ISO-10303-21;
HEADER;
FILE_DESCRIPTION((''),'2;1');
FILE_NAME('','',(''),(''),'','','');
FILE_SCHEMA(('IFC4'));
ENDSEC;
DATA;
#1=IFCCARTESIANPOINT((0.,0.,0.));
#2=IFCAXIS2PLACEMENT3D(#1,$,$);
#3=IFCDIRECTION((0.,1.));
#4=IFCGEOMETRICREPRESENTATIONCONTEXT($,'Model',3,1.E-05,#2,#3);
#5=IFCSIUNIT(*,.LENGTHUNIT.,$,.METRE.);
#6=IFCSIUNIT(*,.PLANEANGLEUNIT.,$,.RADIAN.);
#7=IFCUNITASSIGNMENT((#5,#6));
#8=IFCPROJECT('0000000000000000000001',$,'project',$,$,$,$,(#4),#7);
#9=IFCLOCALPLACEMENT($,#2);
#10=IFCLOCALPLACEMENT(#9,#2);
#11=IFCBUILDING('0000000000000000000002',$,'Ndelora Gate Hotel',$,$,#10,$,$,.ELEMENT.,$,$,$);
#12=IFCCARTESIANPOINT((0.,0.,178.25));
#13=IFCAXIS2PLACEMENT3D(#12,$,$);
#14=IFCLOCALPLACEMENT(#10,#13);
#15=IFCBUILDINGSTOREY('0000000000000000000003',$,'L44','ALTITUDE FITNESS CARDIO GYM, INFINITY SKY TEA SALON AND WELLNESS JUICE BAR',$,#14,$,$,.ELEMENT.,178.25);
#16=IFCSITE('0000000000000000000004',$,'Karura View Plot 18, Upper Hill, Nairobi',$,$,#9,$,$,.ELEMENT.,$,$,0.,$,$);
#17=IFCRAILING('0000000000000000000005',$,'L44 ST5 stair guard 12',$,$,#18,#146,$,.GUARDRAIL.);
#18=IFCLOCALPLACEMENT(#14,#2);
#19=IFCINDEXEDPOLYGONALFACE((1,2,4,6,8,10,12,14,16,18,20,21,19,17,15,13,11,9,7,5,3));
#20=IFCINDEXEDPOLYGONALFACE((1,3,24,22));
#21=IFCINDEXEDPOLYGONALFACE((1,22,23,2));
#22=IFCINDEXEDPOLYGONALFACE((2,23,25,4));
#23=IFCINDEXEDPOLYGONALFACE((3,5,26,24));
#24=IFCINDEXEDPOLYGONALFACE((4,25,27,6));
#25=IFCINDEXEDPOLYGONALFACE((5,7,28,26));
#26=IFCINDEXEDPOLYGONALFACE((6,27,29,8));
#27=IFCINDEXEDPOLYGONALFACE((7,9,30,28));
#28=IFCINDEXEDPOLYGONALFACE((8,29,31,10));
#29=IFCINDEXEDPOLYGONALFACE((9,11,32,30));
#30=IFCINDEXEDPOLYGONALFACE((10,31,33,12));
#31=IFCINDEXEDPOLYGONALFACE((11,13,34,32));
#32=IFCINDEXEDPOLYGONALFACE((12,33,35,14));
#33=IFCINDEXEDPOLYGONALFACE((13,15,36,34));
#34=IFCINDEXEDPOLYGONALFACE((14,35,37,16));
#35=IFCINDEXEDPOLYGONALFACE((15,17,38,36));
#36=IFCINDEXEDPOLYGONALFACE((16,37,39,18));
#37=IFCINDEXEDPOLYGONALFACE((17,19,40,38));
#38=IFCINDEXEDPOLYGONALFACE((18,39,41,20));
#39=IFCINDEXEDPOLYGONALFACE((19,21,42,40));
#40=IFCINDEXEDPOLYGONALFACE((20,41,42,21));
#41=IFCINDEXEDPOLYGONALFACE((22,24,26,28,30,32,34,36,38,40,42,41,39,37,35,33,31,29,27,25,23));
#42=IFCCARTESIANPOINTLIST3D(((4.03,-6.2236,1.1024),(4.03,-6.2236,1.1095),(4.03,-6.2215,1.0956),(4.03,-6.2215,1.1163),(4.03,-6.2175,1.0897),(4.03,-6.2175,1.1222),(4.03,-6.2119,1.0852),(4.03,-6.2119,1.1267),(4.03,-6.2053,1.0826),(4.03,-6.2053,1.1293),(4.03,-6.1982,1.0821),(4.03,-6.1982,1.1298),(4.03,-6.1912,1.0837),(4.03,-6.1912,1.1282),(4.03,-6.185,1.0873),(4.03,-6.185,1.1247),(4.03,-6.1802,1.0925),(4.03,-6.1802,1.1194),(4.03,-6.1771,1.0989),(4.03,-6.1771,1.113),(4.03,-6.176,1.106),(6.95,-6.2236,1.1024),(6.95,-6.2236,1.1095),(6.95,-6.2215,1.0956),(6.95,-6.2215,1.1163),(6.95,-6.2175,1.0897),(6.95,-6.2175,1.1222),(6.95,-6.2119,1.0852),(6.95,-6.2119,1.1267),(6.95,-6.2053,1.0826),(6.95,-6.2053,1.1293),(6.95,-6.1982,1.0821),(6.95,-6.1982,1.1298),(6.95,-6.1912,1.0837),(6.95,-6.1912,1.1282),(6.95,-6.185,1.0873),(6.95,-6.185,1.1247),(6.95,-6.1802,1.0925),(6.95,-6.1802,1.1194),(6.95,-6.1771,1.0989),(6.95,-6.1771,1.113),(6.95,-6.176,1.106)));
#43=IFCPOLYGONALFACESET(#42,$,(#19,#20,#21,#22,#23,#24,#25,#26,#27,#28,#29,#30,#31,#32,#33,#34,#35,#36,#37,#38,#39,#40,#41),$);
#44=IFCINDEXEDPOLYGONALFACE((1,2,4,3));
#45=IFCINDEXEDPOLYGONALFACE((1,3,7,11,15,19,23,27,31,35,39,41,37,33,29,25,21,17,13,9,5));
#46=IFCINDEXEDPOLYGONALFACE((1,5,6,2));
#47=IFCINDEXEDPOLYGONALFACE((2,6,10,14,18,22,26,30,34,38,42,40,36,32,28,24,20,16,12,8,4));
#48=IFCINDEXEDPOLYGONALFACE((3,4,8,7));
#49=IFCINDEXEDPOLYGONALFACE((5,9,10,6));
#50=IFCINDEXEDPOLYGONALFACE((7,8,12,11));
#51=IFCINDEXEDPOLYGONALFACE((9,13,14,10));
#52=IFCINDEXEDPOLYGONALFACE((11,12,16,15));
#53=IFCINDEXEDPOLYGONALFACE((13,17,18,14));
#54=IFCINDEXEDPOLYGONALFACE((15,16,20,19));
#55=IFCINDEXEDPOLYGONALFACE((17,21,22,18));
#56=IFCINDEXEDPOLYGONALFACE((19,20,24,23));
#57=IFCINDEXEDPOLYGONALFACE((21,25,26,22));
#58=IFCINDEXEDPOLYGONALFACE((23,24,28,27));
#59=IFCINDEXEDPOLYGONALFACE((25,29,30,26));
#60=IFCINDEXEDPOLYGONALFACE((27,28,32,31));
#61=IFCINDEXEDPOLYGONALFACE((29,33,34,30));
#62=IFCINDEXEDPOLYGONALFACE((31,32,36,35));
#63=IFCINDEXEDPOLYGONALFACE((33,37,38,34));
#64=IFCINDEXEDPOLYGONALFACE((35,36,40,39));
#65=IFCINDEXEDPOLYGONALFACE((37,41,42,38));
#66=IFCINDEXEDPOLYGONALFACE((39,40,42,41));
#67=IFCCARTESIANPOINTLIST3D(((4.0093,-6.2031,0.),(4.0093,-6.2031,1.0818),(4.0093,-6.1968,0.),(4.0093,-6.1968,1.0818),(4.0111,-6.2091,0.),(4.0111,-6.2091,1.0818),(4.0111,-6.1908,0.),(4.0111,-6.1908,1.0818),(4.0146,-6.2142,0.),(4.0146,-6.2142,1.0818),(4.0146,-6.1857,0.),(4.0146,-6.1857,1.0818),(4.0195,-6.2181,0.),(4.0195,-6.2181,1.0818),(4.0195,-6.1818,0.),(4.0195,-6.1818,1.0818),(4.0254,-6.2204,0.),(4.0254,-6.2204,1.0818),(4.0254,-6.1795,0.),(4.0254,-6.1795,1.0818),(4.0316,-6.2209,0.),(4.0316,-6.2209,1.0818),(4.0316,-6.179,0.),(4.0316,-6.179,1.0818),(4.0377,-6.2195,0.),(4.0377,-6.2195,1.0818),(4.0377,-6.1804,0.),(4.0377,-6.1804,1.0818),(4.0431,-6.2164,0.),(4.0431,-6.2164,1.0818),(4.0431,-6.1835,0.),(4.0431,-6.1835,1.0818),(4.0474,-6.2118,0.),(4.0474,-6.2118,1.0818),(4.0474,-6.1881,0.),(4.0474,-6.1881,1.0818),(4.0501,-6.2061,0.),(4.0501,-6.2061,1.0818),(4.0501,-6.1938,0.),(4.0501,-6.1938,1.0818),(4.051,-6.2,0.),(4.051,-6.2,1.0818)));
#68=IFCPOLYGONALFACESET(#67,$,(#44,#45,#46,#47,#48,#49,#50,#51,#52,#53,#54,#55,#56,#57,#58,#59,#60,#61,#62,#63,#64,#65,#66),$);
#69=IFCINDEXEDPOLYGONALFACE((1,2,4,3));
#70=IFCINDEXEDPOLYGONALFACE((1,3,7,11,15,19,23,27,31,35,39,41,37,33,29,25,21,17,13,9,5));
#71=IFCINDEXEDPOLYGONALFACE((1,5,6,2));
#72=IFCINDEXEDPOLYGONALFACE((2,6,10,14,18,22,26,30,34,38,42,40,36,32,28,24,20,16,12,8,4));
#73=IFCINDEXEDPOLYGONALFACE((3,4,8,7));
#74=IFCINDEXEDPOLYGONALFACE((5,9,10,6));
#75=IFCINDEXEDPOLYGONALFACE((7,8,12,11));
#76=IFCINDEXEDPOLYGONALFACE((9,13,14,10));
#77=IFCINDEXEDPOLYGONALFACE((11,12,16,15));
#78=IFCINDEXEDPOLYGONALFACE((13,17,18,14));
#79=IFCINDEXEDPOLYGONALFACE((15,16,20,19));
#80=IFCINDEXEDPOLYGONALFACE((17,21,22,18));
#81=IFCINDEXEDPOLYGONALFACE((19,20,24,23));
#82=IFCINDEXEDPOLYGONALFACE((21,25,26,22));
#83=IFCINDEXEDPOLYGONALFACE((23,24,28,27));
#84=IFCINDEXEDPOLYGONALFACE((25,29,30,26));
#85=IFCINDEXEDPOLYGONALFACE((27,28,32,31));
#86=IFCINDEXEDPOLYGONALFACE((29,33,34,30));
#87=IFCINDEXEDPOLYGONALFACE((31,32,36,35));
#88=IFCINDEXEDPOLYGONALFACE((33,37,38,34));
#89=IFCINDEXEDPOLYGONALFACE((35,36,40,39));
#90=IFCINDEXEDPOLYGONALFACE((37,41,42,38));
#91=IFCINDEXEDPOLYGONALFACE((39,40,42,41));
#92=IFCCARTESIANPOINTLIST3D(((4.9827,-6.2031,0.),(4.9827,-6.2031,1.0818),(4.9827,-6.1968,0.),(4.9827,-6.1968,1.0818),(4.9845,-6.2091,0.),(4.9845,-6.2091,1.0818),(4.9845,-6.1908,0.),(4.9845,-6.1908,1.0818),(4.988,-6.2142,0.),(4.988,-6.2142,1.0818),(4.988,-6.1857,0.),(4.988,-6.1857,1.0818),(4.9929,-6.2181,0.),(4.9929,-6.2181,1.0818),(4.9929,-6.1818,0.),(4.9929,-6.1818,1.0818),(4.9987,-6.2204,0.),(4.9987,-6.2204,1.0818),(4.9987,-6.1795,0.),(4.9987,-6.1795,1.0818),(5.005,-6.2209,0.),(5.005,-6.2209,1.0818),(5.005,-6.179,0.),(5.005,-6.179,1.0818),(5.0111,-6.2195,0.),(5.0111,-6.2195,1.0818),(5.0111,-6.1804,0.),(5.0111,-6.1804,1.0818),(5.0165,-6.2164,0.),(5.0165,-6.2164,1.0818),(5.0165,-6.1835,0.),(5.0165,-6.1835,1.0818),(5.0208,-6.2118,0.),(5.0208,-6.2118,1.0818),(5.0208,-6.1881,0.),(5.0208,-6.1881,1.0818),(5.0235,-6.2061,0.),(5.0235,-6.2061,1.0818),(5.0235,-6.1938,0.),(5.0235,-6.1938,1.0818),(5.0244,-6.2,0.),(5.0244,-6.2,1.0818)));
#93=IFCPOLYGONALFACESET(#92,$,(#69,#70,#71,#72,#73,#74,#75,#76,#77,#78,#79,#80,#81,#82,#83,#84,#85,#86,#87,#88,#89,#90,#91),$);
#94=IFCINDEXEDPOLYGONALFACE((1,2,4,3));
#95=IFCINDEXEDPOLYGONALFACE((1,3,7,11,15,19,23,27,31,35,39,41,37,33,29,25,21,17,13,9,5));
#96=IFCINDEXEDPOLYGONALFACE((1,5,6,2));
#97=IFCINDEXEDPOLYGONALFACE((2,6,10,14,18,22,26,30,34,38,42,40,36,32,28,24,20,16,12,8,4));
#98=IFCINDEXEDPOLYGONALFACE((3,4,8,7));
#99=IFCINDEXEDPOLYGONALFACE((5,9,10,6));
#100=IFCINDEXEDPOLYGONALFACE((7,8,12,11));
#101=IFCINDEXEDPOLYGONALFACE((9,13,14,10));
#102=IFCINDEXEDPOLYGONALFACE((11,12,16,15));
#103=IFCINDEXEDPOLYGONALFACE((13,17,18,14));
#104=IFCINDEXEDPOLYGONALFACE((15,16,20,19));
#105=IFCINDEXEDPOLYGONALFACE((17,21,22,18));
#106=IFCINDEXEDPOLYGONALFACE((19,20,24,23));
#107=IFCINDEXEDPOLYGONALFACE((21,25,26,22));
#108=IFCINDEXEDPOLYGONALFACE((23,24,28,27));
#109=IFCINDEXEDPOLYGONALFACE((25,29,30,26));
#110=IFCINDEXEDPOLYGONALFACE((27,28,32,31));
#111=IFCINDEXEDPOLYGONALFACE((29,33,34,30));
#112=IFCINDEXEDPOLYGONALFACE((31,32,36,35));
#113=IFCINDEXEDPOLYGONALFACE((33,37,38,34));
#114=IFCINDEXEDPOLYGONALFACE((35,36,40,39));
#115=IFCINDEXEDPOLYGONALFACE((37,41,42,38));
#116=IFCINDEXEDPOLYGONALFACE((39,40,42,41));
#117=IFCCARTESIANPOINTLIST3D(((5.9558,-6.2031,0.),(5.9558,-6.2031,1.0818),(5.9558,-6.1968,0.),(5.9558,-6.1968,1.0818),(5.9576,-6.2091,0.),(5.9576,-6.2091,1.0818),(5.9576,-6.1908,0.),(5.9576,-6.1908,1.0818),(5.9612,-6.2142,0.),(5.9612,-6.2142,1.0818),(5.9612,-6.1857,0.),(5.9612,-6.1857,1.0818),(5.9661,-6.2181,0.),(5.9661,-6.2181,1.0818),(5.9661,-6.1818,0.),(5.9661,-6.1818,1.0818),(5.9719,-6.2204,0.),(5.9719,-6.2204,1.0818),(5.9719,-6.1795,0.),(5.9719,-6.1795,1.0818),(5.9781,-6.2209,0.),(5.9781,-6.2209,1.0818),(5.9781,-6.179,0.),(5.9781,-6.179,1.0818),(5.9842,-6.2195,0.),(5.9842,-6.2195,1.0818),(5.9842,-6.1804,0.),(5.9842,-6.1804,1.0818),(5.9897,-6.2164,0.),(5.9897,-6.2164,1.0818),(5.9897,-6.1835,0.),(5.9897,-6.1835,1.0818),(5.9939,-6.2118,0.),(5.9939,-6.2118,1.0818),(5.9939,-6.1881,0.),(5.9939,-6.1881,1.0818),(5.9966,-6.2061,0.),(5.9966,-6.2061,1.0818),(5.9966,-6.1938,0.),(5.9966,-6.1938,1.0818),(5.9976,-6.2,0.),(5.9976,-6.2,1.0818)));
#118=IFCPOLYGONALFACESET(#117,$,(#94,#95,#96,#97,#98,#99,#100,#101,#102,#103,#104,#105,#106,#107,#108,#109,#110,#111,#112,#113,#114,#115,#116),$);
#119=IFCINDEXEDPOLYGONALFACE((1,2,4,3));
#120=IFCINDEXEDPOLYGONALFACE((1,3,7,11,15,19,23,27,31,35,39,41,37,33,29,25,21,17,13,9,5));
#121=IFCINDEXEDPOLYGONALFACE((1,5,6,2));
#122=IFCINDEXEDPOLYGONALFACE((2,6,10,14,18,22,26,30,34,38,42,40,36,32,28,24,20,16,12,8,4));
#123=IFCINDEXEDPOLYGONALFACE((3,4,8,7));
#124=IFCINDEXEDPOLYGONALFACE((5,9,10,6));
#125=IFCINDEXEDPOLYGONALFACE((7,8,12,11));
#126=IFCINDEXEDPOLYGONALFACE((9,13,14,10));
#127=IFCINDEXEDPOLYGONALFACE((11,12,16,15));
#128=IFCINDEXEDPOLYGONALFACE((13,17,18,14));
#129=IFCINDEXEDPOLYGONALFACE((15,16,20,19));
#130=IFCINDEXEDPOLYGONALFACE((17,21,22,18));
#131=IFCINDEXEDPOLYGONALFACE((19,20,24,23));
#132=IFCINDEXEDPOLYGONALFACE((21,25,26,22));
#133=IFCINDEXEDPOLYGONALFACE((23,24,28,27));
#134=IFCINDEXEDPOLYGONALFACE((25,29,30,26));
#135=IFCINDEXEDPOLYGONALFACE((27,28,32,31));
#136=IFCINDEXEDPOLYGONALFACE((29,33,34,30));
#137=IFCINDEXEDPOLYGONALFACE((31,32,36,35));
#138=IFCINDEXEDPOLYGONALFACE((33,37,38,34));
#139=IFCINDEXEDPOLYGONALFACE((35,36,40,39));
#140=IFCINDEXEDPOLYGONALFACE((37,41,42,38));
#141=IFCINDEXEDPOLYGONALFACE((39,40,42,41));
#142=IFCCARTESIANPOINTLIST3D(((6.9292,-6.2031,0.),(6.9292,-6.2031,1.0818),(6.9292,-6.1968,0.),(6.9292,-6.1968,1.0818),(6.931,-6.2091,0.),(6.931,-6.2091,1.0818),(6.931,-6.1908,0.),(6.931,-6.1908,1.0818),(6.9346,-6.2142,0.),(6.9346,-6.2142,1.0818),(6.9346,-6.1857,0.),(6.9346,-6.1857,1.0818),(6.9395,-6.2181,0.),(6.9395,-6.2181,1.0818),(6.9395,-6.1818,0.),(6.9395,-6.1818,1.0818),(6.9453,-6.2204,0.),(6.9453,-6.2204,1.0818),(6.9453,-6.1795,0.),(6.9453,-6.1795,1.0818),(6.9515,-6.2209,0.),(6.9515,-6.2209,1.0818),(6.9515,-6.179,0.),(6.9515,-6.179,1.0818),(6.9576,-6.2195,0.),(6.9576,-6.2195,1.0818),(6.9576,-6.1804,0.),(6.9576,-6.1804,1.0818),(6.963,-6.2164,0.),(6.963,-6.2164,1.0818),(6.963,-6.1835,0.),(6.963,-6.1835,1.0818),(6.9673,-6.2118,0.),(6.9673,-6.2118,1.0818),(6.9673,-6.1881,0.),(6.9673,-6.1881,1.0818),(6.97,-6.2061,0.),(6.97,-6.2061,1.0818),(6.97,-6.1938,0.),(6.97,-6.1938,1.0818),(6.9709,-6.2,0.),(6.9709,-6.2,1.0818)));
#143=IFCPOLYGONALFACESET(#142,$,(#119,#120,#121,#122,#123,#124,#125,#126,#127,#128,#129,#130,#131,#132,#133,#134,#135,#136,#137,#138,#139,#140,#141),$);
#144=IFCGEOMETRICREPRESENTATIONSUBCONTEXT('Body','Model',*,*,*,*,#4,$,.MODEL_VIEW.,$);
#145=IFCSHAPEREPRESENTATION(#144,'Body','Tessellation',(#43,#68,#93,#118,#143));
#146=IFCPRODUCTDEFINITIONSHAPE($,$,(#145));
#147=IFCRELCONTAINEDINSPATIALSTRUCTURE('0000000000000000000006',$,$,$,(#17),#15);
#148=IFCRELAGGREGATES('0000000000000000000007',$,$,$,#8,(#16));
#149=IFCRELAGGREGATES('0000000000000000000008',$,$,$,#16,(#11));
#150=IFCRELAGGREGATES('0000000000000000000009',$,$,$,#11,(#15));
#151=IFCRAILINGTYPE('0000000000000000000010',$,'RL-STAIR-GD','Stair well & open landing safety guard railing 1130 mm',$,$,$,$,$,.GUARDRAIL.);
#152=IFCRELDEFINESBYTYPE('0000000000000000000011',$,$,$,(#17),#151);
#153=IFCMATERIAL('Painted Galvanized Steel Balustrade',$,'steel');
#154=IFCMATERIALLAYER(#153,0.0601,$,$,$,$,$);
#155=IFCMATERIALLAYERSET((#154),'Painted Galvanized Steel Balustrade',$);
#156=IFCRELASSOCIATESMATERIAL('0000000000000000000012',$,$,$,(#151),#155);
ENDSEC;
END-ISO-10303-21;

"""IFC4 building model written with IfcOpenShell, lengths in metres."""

from ifc_helpers import new_model, si_unit, direction, frame, origin, origin_2d, place, context, subcontext, project, spatial, circle, extrude, material, layer, layer_set, type_object, element, save


model = new_model("IFC4")

# Units and contexts
model_context = context("Model", 3, precision=1e-05, world=origin(), true_north=direction((0.0, 1.0)))
body_context = subcontext(model_context, "Body", "Model", "MODEL_VIEW")
ifc_project = project(units=[si_unit("LENGTHUNIT", "METRE"), si_unit("PLANEANGLEUNIT", "RADIAN")], contexts=[model_context])

# Site, building, storey
site_placement = place(None, origin())
site = spatial("IfcSite", under=ifc_project, at=site_placement, Name="Karura View Plot 18, Upper Hill, Nairobi", CompositionType="ELEMENT", RefElevation=0.0)
building_placement = place(site_placement, origin())
building = spatial("IfcBuilding", under=site, at=building_placement, Name="Ndelora Gate Hotel", CompositionType="ELEMENT")
storey_placement = place(building_placement, frame((0.0, 0.0, 178.25)))
storey = spatial("IfcBuildingStorey", under=building, at=storey_placement, Name="L44", Description="ALTITUDE FITNESS CARDIO GYM, INFINITY SKY TEA SALON AND WELLNESS JUICE BAR", CompositionType="ELEMENT", Elevation=178.25)

# Railing
ifc_material_1 = material(Name="Painted Galvanized Steel Balustrade", Category="steel")
ifc_layer_1 = layer(ifc_material_1, 0.0601)
ifc_layer_set_1 = layer_set([ifc_layer_1], Name="Painted Galvanized Steel Balustrade")
railing_type = type_object("IfcRailingType", Name="RL-STAIR-GD", Description="Stair well & open landing safety guard railing 1130 mm", PredefinedType="GUARDRAIL", material=ifc_layer_set_1)
railing_1_placement = place(storey_placement, frame((4.03, -6.2, 0.0)))
element("IfcRailing", 1, at=railing_1_placement, inside=storey, type_object=railing_type, Name="L44 ST5 stair guard 12", PredefinedType="GUARDRAIL", context=body_context, shape_type="SweptSolid", body=[
    extrude(circle(Radius=0.0239, at=origin_2d()), frame((0.0, 0.0, 1.106), z_axis=(1.0, 0.0, 0.0), x_axis=(0.0, 1.0, 0.0)), (0.0, 0.0, 1.0), 2.9199),
    extrude(circle(Radius=0.021, at=origin_2d()), origin(), (0.0, 0.0, 1.0), 1.0818),
    extrude(circle(Radius=0.021, at=origin_2d()), frame((0.9734, 0.0, 0.0)), (0.0, 0.0, 1.0), 1.0818),
    extrude(circle(Radius=0.021, at=origin_2d()), frame((1.9465, 0.0, 0.0)), (0.0, 0.0, 1.0), 1.0818),
    extrude(circle(Radius=0.021, at=origin_2d()), frame((2.9199, 0.0, 0.0)), (0.0, 0.0, 1.0), 1.0818),
])

save(model, "model.ifc")
